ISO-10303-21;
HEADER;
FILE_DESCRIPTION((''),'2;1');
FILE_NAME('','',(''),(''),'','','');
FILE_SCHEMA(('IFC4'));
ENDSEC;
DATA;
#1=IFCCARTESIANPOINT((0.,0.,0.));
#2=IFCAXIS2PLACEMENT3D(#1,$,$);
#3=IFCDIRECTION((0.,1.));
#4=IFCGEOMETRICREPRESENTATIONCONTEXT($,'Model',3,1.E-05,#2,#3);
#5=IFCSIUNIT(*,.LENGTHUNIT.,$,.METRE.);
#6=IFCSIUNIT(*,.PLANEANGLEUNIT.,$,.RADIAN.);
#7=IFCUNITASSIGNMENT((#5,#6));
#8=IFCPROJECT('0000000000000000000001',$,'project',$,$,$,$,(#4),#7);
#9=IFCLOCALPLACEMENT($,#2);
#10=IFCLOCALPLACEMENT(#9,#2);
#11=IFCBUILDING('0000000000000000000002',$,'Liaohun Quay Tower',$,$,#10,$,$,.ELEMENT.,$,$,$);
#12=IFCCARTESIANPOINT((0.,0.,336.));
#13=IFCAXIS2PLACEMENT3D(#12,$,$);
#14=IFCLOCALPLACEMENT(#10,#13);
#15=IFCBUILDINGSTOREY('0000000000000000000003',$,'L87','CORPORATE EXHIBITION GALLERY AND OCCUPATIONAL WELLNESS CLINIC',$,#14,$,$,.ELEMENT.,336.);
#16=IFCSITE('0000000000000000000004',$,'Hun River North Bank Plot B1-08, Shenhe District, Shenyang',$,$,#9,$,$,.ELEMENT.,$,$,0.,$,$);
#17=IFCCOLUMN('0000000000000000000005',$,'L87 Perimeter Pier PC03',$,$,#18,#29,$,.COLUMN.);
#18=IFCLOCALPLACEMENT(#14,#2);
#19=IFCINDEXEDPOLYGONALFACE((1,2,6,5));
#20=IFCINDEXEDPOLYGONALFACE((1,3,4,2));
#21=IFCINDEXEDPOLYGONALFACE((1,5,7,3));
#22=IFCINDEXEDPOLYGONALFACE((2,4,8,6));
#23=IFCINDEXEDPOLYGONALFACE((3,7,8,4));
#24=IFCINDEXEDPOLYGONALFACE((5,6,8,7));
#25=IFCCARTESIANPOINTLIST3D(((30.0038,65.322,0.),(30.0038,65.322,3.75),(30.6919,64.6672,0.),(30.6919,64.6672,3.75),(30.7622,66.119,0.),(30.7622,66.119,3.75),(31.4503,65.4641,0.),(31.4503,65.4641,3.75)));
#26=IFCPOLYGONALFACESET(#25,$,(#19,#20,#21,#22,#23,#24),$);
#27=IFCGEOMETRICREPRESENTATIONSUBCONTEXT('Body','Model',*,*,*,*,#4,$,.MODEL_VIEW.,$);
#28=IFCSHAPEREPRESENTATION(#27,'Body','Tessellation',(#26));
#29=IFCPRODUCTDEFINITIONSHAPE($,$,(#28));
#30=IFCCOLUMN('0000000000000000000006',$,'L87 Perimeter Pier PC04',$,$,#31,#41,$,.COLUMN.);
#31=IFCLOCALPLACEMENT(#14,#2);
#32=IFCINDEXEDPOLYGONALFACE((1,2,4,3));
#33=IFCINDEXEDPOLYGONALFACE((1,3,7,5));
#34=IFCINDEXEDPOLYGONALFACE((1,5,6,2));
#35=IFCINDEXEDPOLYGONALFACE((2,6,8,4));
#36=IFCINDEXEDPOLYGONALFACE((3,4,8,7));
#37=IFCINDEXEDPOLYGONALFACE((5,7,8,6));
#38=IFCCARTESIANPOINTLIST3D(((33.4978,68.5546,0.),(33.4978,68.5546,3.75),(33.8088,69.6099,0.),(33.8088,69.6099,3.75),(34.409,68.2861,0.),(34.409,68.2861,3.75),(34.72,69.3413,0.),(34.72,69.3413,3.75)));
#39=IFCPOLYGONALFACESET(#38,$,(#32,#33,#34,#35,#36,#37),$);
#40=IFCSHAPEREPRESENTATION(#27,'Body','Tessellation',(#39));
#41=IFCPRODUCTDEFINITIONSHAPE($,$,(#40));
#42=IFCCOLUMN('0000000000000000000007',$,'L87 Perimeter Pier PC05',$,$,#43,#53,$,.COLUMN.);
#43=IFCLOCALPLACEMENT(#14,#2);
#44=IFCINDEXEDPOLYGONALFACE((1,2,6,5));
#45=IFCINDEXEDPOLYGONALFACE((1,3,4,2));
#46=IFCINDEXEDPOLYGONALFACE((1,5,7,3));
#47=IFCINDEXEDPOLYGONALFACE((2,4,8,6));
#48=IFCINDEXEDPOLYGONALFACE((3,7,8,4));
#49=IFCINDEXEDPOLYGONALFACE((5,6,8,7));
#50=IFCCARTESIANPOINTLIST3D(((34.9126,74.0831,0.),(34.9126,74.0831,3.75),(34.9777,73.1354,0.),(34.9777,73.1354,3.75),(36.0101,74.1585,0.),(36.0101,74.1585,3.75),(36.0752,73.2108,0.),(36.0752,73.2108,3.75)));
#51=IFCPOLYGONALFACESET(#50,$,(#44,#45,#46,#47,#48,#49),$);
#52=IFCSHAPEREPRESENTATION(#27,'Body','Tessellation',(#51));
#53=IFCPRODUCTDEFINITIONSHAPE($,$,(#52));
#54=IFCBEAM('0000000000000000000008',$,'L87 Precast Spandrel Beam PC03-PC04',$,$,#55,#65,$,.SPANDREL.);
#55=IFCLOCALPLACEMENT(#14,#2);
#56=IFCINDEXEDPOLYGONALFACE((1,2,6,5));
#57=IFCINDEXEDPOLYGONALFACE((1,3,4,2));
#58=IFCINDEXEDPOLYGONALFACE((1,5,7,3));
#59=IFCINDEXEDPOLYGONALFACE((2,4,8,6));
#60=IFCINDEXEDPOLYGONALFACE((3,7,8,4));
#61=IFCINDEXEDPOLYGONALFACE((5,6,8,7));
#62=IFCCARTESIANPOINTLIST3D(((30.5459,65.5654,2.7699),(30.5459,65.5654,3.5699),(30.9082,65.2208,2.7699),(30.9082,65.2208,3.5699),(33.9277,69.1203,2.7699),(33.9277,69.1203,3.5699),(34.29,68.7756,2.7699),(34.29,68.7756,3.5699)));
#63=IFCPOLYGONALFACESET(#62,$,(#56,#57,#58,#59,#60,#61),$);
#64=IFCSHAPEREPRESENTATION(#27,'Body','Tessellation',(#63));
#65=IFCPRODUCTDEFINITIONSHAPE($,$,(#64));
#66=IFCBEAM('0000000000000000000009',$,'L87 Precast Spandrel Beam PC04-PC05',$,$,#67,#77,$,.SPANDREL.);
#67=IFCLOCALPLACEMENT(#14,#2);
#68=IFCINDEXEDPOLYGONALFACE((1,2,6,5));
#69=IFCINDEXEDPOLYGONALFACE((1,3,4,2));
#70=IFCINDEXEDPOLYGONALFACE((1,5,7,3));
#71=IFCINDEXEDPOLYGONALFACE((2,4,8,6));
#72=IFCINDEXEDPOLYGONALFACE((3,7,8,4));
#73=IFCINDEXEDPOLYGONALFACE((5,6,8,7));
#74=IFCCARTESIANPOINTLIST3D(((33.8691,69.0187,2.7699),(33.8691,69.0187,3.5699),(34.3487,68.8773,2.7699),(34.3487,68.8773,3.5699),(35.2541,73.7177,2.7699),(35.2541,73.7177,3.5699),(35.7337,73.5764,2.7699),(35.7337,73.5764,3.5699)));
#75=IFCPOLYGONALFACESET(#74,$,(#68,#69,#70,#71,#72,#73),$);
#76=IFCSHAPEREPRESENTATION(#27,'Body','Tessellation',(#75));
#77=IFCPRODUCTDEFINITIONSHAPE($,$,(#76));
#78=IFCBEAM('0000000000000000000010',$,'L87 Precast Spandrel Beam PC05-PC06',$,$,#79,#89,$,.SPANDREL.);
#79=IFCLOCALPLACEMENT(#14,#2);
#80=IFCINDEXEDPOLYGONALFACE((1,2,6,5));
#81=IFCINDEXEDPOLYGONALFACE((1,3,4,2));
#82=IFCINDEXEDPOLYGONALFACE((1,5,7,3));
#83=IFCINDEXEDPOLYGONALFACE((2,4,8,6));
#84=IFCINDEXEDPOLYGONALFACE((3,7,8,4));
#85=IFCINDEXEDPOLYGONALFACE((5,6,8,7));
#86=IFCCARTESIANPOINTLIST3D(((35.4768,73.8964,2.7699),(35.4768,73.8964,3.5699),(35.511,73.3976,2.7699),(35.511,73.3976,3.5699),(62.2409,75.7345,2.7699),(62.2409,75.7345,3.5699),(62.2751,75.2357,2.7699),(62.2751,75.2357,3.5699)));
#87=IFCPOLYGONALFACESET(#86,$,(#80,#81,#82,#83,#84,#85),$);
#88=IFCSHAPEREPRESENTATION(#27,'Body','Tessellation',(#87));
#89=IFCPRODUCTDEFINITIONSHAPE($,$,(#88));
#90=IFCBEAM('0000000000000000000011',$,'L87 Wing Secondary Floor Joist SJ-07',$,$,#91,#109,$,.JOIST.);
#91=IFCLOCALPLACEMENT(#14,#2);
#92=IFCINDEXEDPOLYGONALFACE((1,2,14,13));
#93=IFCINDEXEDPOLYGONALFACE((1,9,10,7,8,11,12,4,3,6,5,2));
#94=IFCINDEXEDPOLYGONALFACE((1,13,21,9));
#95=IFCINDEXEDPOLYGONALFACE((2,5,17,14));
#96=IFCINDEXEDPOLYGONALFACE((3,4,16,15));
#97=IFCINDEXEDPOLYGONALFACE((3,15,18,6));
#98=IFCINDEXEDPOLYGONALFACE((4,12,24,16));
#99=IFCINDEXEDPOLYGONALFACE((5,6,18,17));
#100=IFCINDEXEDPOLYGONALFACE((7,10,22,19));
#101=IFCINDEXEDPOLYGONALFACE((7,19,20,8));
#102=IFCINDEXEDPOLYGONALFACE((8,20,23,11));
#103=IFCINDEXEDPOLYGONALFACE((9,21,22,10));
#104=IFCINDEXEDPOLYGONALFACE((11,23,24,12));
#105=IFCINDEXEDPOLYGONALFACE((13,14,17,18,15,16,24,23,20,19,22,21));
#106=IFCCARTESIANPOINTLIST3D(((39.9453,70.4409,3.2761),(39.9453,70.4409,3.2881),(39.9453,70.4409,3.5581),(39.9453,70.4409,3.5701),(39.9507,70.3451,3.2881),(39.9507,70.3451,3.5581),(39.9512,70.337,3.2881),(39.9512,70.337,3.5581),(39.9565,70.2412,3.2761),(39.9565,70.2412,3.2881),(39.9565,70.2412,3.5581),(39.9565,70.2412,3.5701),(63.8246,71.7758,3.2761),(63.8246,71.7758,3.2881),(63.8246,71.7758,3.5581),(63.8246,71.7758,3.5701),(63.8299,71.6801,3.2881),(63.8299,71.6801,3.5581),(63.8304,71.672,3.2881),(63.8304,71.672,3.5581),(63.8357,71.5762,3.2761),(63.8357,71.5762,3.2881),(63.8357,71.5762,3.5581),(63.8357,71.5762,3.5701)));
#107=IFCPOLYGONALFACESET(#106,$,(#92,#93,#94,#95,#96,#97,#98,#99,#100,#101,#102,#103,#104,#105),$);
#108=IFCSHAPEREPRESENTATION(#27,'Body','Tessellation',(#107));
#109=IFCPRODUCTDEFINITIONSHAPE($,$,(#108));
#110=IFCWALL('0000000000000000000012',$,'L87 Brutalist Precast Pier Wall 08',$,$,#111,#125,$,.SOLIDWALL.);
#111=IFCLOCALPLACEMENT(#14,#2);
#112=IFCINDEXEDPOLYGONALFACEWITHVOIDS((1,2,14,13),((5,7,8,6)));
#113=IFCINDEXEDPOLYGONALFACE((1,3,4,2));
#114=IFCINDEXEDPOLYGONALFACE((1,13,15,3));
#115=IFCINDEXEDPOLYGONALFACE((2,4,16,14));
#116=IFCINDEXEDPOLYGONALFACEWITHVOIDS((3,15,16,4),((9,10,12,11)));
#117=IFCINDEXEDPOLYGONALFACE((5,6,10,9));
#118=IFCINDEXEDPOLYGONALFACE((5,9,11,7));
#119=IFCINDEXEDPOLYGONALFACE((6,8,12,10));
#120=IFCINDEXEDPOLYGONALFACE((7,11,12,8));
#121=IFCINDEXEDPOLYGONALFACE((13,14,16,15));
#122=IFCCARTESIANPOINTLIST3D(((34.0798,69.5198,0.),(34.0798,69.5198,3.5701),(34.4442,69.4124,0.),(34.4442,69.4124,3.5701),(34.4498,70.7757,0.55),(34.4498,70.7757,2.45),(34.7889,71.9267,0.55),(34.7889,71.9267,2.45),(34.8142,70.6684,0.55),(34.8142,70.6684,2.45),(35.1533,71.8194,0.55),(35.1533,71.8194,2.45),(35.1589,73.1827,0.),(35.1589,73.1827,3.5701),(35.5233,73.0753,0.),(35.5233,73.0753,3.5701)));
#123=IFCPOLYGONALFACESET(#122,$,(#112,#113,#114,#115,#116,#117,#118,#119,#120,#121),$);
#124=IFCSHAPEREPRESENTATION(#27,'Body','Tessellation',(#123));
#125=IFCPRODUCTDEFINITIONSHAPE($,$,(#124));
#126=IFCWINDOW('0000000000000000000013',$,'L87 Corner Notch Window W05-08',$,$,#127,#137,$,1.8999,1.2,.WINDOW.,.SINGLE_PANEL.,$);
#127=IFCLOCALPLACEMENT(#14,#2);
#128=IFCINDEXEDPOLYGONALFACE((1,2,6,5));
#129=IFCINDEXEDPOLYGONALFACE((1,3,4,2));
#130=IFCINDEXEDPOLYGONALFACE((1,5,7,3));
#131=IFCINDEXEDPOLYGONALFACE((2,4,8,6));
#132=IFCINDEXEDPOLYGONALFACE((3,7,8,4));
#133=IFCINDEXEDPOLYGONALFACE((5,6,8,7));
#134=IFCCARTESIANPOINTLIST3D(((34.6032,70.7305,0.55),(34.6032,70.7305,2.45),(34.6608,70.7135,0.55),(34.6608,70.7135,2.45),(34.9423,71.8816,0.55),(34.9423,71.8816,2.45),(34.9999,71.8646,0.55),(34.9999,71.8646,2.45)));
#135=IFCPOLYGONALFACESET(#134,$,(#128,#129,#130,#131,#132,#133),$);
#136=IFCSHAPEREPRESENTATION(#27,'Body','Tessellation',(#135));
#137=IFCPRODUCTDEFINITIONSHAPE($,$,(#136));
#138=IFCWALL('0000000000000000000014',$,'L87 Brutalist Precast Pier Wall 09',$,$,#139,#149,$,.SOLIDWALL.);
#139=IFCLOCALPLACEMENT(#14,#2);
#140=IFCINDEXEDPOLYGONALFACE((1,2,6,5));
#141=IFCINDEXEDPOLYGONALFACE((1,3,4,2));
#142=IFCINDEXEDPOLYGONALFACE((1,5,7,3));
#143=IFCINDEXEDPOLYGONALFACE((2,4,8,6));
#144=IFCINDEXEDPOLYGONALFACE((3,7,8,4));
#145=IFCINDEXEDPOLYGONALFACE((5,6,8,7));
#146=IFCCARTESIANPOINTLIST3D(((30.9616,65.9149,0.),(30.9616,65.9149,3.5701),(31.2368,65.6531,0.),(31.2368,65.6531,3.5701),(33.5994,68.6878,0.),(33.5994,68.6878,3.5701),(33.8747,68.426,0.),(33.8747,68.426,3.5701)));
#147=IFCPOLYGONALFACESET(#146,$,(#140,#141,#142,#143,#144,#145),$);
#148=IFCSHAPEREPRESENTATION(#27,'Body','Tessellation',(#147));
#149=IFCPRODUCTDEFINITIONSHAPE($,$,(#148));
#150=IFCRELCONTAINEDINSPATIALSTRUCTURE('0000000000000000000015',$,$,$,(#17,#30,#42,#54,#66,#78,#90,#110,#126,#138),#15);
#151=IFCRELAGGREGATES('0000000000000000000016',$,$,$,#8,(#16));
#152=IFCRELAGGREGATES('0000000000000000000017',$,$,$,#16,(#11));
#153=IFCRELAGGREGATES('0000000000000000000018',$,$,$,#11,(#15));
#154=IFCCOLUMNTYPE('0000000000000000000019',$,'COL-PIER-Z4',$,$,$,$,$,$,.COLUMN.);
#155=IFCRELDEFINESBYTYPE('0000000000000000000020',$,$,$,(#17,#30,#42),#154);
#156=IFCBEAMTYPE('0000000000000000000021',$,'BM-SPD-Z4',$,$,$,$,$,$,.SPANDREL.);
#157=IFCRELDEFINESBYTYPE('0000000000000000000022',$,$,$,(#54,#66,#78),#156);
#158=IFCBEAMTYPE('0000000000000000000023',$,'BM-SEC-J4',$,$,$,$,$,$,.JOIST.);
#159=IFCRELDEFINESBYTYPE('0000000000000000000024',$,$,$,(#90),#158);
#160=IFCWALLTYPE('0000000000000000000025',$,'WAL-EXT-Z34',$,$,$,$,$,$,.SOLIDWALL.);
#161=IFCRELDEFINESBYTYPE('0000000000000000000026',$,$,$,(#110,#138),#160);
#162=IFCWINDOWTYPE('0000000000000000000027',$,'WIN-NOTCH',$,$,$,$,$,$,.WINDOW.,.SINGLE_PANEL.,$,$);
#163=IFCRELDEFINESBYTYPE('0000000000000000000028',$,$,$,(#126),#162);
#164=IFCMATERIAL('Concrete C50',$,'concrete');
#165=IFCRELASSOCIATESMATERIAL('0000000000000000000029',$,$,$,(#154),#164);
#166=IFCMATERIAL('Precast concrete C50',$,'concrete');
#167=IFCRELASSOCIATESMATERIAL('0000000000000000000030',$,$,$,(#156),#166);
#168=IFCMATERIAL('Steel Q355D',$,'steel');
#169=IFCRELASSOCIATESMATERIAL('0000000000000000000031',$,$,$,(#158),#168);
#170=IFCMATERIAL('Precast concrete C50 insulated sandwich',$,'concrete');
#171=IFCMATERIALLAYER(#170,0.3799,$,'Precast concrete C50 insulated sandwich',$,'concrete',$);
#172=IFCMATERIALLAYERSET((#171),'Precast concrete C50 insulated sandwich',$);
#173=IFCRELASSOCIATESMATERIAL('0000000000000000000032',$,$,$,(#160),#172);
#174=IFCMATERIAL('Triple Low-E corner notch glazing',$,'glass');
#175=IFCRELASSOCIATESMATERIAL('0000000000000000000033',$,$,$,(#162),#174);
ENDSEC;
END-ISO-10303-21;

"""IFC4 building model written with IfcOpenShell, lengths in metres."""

from ifc_helpers import new_model, si_unit, direction, frame, frame_2d, origin, origin_2d, place, context, subcontext, project, spatial, rectangle, i_section, extrude, source, transform, mapped, material, layer, layer_set, material_profile, profile_set, type_object, element, fill, save


model = new_model("IFC4")

# Units and contexts
model_context = context("Model", 3, precision=1e-05, world=origin(), true_north=direction((0.0, 1.0)))
body_context = subcontext(model_context, "Body", "Model", "MODEL_VIEW")
ifc_project = project(units=[si_unit("LENGTHUNIT", "METRE"), si_unit("PLANEANGLEUNIT", "RADIAN")], contexts=[model_context])

# Site, building, storey
site_placement = place(None, origin())
site = spatial("IfcSite", under=ifc_project, at=site_placement, Name="Hun River North Bank Plot B1-08, Shenhe District, Shenyang", CompositionType="ELEMENT", RefElevation=0.0)
building_placement = place(site_placement, origin())
building = spatial("IfcBuilding", under=site, at=building_placement, Name="Liaohun Quay Tower", CompositionType="ELEMENT")
storey_placement = place(building_placement, frame((0.0, 0.0, 336.0)))
storey = spatial("IfcBuildingStorey", under=building, at=storey_placement, Name="L87", Description="CORPORATE EXHIBITION GALLERY AND OCCUPATIONAL WELLNESS CLINIC", CompositionType="ELEMENT", Elevation=336.0)

# Columns
ifc_material_1 = material(Name="Concrete C50", Category="concrete")
ifc_material_profile_1 = material_profile(ifc_material_1, rectangle(XDim=1.1001, YDim=0.95, at=origin_2d()), Name="RC1100x950")
ifc_profile_set_1 = profile_set([ifc_material_profile_1], Name="Concrete C50")
column_type = type_object("IfcColumnType", Name="COL-PIER-Z4", PredefinedType="COLUMN", material=ifc_profile_set_1)
shared_shape_1 = source(origin(), body_context, "Body", "SweptSolid", [
    extrude(rectangle(XDim=1.1001, YDim=0.95, at=origin_2d()), origin(), (0.0, 0.0, 1.0), 3.75),
])
for number, where, z_axis, x_axis, name in (
    (1, (30.7271, 65.3931, 0.0), (0.0, 0.0, 1.0), (0.689367, 0.724413, 0.0), "L87 Perimeter Pier PC03"),
    (2, (34.1089, 68.948, 0.0), (0.0, 0.0, 1.0), (0.282676, 0.959215, 0.0), "L87 Perimeter Pier PC04"),
    (3, (35.4939, 73.647, 0.0), (0.0, 0.0, 1.0), (0.997649, 0.068538, 0.0), "L87 Perimeter Pier PC05"),
):
    element("IfcColumn", number, at=place(storey_placement, frame(where, z_axis=z_axis, x_axis=x_axis)), inside=storey, type_object=column_type, Name=name, PredefinedType="COLUMN", context=body_context, shape_type="MappedRepresentation", body=[
        mapped(shared_shape_1, transform((0.0, 0.0, 0.0), x_axis=(1.0, 0.0, 0.0), y_axis=(0.0, 1.0, 0.0), z_axis=(0.0, 0.0, 1.0), scale=1.0)),
    ])

# Beams
ifc_material_2 = material(Name="Precast concrete C50", Category="concrete")
ifc_material_profile_2 = material_profile(ifc_material_2, rectangle(XDim=0.5, YDim=0.8, at=origin_2d()), Name="RC500x800")
ifc_profile_set_2 = profile_set([ifc_material_profile_2], Name="Precast concrete C50")
beam_type_1 = type_object("IfcBeamType", Name="BM-SPD-Z4", PredefinedType="SPANDREL", material=ifc_profile_set_2)
shared_shape_2 = source(origin(), body_context, "Body", "SweptSolid", [
    extrude(rectangle(XDim=0.5, YDim=0.8, at=origin_2d()), origin(), (0.0, 0.0, 1.0), 4.9065),
])
beam_1_placement = place(storey_placement, frame((30.7271, 65.3931, 3.1699), z_axis=(0.689248, 0.724526, 0.0), x_axis=(-0.724526, 0.689248, 0.0)))
element("IfcBeam", 4, at=beam_1_placement, inside=storey, type_object=beam_type_1, Name="L87 Precast Spandrel Beam PC03-PC04", PredefinedType="SPANDREL", context=body_context, shape_type="MappedRepresentation", body=[
    mapped(shared_shape_2, transform((0.0, 0.0, 0.0), x_axis=(1.0, 0.0, 0.0), y_axis=(0.0, 1.0, 0.0), z_axis=(0.0, 0.0, 1.0), scale=1.0)),
])
shared_shape_3 = source(origin(), body_context, "Body", "SweptSolid", [
    extrude(rectangle(XDim=0.5, YDim=0.8, at=origin_2d()), origin(), (0.0, 0.0, 1.0), 4.8989),
])
beam_2_placement = place(storey_placement, frame((34.1089, 68.948, 3.1699), z_axis=(0.282722, 0.959202, 0.0), x_axis=(-0.959202, 0.282722, 0.0)))
element("IfcBeam", 5, at=beam_2_placement, inside=storey, type_object=beam_type_1, Name="L87 Precast Spandrel Beam PC04-PC05", PredefinedType="SPANDREL", context=body_context, shape_type="MappedRepresentation", body=[
    mapped(shared_shape_3, transform((0.0, 0.0, 0.0), x_axis=(1.0, 0.0, 0.0), y_axis=(0.0, 1.0, 0.0), z_axis=(0.0, 0.0, 1.0), scale=1.0)),
])
shared_shape_4 = source(origin(), body_context, "Body", "SweptSolid", [
    extrude(rectangle(XDim=0.5, YDim=0.8, at=origin_2d()), origin(), (0.0, 0.0, 1.0), 26.8271),
])
beam_3_placement = place(storey_placement, frame((35.4939, 73.647, 3.1699), z_axis=(0.99765, 0.068518, 0.0), x_axis=(-0.068518, 0.99765, 0.0)))
element("IfcBeam", 6, at=beam_3_placement, inside=storey, type_object=beam_type_1, Name="L87 Precast Spandrel Beam PC05-PC06", PredefinedType="SPANDREL", context=body_context, shape_type="MappedRepresentation", body=[
    mapped(shared_shape_4, transform((0.0, 0.0, 0.0), x_axis=(1.0, 0.0, 0.0), y_axis=(0.0, 1.0, 0.0), z_axis=(0.0, 0.0, 1.0), scale=1.0)),
])
ifc_material_3 = material(Name="Steel Q355D", Category="steel")
ifc_material_profile_3 = material_profile(ifc_material_3, i_section(OverallWidth=0.2, OverallDepth=0.2939, WebThickness=0.0081, FlangeThickness=0.012, at=origin_2d()), Name="HM294x200x8x12")
ifc_profile_set_3 = profile_set([ifc_material_profile_3], Name="Steel Q355D")
beam_type_2 = type_object("IfcBeamType", Name="BM-SEC-J4", PredefinedType="JOIST", material=ifc_profile_set_3)
shared_shape_5 = source(origin(), body_context, "Body", "SweptSolid", [
    extrude(i_section(OverallWidth=0.2, OverallDepth=0.2939, WebThickness=0.0081, FlangeThickness=0.012, at=origin_2d()), origin(), (0.0, 0.0, 1.0), 23.9165),
])
beam_4_placement = place(storey_placement, frame((39.9509, 70.3411, 3.4231), z_axis=(0.998441, 0.055818, 0.0), x_axis=(-0.055818, 0.998441, 0.0)))
element("IfcBeam", 7, at=beam_4_placement, inside=storey, type_object=beam_type_2, Name="L87 Wing Secondary Floor Joist SJ-07", PredefinedType="JOIST", context=body_context, shape_type="MappedRepresentation", body=[
    mapped(shared_shape_5, transform((0.0, 0.0, 0.0), x_axis=(1.0, 0.0, 0.0), y_axis=(0.0, 1.0, 0.0), z_axis=(0.0, 0.0, 1.0), scale=1.0)),
])

# Wall, opening, window
ifc_material_4 = material(Name="Precast concrete C50 insulated sandwich", Category="concrete")
ifc_layer_1 = layer(ifc_material_4, 0.3799, Name="Precast concrete C50 insulated sandwich", Category="concrete")
ifc_layer_set_1 = layer_set([ifc_layer_1], Name="Precast concrete C50 insulated sandwich")
wall_type_1 = type_object("IfcWallType", Name="WAL-EXT-Z34", PredefinedType="SOLIDWALL", material=ifc_layer_set_1)
wall_1_placement = place(storey_placement, frame((35.3411, 73.1289, 0.0), z_axis=(0.0, 0.0, 1.0), x_axis=(-0.282599, -0.959238, 0.0)))
wall_1 = element("IfcWall", 8, at=wall_1_placement, inside=storey, type_object=wall_type_1, Name="L87 Brutalist Precast Pier Wall 08", PredefinedType="SOLIDWALL", context=body_context, shape_type="SweptSolid", body=[
    extrude(rectangle(XDim=3.8186, YDim=0.3799, at=frame_2d((1.9092, 0.0))), origin(), (0.0, 0.0, 1.0), 3.5701),
])
shared_shape_6 = source(origin(), body_context, "Body", "SweptSolid", [
    extrude(rectangle(XDim=1.2, YDim=1.8999, at=frame_2d((0.6001, 0.95))), frame((0.0, 0.2, 0.0), z_axis=(0.0, -1.0, 0.0), x_axis=(1.0, 0.0, 0.0)), (0.0, 0.0, 1.0), 0.3999),
])
opening_1_placement = place(wall_1_placement, frame((1.3091, 0.0, 0.55)))
opening_1 = element("IfcOpeningElement", 9, at=opening_1_placement, cuts=wall_1, PredefinedType="OPENING", context=body_context, shape_type="MappedRepresentation", body=[
    mapped(shared_shape_6, transform((0.0, 0.0, 0.0), x_axis=(1.0, 0.0, 0.0), y_axis=(0.0, 1.0, 0.0), z_axis=(0.0, 0.0, 1.0), scale=1.0)),
])
ifc_material_5 = material(Name="Triple Low-E corner notch glazing", Category="glass")
window_type_1 = type_object("IfcWindowType", Name="WIN-NOTCH", PartitioningType="SINGLE_PANEL", PredefinedType="WINDOW", material=ifc_material_5)
shared_shape_7 = source(origin(), body_context, "Body", "SweptSolid", [
    extrude(rectangle(XDim=1.2, YDim=1.8999, at=frame_2d((0.6001, 0.95))), frame((0.0, 0.03, 0.0), z_axis=(0.0, -1.0, 0.0), x_axis=(1.0, 0.0, 0.0)), (0.0, 0.0, 1.0), 0.0601),
])
window_1_placement = place(opening_1_placement, origin())
window_1 = element("IfcWindow", 10, at=window_1_placement, inside=storey, type_object=window_type_1, Name="L87 Corner Notch Window W05-08", OverallHeight=1.8999, OverallWidth=1.2, PartitioningType="SINGLE_PANEL", PredefinedType="WINDOW", context=body_context, shape_type="MappedRepresentation", body=[
    mapped(shared_shape_7, transform((0.0, 0.0, 0.0), x_axis=(1.0, 0.0, 0.0), y_axis=(0.0, 1.0, 0.0), z_axis=(0.0, 0.0, 1.0), scale=1.0)),
])
fill(opening_1, window_1)

# Wall
wall_2_placement = place(storey_placement, frame((33.7371, 68.5569, 0.0), z_axis=(0.0, 0.0, 1.0), x_axis=(-0.689249, -0.724525, 0.0)))
element("IfcWall", 11, at=wall_2_placement, inside=storey, type_object=wall_type_1, Name="L87 Brutalist Precast Pier Wall 09", PredefinedType="SOLIDWALL", context=body_context, shape_type="SweptSolid", body=[
    extrude(rectangle(XDim=3.8271, YDim=0.3799, at=frame_2d((1.9136, 0.0))), origin(), (0.0, 0.0, 1.0), 3.5701),
])

save(model, "model.ifc")
